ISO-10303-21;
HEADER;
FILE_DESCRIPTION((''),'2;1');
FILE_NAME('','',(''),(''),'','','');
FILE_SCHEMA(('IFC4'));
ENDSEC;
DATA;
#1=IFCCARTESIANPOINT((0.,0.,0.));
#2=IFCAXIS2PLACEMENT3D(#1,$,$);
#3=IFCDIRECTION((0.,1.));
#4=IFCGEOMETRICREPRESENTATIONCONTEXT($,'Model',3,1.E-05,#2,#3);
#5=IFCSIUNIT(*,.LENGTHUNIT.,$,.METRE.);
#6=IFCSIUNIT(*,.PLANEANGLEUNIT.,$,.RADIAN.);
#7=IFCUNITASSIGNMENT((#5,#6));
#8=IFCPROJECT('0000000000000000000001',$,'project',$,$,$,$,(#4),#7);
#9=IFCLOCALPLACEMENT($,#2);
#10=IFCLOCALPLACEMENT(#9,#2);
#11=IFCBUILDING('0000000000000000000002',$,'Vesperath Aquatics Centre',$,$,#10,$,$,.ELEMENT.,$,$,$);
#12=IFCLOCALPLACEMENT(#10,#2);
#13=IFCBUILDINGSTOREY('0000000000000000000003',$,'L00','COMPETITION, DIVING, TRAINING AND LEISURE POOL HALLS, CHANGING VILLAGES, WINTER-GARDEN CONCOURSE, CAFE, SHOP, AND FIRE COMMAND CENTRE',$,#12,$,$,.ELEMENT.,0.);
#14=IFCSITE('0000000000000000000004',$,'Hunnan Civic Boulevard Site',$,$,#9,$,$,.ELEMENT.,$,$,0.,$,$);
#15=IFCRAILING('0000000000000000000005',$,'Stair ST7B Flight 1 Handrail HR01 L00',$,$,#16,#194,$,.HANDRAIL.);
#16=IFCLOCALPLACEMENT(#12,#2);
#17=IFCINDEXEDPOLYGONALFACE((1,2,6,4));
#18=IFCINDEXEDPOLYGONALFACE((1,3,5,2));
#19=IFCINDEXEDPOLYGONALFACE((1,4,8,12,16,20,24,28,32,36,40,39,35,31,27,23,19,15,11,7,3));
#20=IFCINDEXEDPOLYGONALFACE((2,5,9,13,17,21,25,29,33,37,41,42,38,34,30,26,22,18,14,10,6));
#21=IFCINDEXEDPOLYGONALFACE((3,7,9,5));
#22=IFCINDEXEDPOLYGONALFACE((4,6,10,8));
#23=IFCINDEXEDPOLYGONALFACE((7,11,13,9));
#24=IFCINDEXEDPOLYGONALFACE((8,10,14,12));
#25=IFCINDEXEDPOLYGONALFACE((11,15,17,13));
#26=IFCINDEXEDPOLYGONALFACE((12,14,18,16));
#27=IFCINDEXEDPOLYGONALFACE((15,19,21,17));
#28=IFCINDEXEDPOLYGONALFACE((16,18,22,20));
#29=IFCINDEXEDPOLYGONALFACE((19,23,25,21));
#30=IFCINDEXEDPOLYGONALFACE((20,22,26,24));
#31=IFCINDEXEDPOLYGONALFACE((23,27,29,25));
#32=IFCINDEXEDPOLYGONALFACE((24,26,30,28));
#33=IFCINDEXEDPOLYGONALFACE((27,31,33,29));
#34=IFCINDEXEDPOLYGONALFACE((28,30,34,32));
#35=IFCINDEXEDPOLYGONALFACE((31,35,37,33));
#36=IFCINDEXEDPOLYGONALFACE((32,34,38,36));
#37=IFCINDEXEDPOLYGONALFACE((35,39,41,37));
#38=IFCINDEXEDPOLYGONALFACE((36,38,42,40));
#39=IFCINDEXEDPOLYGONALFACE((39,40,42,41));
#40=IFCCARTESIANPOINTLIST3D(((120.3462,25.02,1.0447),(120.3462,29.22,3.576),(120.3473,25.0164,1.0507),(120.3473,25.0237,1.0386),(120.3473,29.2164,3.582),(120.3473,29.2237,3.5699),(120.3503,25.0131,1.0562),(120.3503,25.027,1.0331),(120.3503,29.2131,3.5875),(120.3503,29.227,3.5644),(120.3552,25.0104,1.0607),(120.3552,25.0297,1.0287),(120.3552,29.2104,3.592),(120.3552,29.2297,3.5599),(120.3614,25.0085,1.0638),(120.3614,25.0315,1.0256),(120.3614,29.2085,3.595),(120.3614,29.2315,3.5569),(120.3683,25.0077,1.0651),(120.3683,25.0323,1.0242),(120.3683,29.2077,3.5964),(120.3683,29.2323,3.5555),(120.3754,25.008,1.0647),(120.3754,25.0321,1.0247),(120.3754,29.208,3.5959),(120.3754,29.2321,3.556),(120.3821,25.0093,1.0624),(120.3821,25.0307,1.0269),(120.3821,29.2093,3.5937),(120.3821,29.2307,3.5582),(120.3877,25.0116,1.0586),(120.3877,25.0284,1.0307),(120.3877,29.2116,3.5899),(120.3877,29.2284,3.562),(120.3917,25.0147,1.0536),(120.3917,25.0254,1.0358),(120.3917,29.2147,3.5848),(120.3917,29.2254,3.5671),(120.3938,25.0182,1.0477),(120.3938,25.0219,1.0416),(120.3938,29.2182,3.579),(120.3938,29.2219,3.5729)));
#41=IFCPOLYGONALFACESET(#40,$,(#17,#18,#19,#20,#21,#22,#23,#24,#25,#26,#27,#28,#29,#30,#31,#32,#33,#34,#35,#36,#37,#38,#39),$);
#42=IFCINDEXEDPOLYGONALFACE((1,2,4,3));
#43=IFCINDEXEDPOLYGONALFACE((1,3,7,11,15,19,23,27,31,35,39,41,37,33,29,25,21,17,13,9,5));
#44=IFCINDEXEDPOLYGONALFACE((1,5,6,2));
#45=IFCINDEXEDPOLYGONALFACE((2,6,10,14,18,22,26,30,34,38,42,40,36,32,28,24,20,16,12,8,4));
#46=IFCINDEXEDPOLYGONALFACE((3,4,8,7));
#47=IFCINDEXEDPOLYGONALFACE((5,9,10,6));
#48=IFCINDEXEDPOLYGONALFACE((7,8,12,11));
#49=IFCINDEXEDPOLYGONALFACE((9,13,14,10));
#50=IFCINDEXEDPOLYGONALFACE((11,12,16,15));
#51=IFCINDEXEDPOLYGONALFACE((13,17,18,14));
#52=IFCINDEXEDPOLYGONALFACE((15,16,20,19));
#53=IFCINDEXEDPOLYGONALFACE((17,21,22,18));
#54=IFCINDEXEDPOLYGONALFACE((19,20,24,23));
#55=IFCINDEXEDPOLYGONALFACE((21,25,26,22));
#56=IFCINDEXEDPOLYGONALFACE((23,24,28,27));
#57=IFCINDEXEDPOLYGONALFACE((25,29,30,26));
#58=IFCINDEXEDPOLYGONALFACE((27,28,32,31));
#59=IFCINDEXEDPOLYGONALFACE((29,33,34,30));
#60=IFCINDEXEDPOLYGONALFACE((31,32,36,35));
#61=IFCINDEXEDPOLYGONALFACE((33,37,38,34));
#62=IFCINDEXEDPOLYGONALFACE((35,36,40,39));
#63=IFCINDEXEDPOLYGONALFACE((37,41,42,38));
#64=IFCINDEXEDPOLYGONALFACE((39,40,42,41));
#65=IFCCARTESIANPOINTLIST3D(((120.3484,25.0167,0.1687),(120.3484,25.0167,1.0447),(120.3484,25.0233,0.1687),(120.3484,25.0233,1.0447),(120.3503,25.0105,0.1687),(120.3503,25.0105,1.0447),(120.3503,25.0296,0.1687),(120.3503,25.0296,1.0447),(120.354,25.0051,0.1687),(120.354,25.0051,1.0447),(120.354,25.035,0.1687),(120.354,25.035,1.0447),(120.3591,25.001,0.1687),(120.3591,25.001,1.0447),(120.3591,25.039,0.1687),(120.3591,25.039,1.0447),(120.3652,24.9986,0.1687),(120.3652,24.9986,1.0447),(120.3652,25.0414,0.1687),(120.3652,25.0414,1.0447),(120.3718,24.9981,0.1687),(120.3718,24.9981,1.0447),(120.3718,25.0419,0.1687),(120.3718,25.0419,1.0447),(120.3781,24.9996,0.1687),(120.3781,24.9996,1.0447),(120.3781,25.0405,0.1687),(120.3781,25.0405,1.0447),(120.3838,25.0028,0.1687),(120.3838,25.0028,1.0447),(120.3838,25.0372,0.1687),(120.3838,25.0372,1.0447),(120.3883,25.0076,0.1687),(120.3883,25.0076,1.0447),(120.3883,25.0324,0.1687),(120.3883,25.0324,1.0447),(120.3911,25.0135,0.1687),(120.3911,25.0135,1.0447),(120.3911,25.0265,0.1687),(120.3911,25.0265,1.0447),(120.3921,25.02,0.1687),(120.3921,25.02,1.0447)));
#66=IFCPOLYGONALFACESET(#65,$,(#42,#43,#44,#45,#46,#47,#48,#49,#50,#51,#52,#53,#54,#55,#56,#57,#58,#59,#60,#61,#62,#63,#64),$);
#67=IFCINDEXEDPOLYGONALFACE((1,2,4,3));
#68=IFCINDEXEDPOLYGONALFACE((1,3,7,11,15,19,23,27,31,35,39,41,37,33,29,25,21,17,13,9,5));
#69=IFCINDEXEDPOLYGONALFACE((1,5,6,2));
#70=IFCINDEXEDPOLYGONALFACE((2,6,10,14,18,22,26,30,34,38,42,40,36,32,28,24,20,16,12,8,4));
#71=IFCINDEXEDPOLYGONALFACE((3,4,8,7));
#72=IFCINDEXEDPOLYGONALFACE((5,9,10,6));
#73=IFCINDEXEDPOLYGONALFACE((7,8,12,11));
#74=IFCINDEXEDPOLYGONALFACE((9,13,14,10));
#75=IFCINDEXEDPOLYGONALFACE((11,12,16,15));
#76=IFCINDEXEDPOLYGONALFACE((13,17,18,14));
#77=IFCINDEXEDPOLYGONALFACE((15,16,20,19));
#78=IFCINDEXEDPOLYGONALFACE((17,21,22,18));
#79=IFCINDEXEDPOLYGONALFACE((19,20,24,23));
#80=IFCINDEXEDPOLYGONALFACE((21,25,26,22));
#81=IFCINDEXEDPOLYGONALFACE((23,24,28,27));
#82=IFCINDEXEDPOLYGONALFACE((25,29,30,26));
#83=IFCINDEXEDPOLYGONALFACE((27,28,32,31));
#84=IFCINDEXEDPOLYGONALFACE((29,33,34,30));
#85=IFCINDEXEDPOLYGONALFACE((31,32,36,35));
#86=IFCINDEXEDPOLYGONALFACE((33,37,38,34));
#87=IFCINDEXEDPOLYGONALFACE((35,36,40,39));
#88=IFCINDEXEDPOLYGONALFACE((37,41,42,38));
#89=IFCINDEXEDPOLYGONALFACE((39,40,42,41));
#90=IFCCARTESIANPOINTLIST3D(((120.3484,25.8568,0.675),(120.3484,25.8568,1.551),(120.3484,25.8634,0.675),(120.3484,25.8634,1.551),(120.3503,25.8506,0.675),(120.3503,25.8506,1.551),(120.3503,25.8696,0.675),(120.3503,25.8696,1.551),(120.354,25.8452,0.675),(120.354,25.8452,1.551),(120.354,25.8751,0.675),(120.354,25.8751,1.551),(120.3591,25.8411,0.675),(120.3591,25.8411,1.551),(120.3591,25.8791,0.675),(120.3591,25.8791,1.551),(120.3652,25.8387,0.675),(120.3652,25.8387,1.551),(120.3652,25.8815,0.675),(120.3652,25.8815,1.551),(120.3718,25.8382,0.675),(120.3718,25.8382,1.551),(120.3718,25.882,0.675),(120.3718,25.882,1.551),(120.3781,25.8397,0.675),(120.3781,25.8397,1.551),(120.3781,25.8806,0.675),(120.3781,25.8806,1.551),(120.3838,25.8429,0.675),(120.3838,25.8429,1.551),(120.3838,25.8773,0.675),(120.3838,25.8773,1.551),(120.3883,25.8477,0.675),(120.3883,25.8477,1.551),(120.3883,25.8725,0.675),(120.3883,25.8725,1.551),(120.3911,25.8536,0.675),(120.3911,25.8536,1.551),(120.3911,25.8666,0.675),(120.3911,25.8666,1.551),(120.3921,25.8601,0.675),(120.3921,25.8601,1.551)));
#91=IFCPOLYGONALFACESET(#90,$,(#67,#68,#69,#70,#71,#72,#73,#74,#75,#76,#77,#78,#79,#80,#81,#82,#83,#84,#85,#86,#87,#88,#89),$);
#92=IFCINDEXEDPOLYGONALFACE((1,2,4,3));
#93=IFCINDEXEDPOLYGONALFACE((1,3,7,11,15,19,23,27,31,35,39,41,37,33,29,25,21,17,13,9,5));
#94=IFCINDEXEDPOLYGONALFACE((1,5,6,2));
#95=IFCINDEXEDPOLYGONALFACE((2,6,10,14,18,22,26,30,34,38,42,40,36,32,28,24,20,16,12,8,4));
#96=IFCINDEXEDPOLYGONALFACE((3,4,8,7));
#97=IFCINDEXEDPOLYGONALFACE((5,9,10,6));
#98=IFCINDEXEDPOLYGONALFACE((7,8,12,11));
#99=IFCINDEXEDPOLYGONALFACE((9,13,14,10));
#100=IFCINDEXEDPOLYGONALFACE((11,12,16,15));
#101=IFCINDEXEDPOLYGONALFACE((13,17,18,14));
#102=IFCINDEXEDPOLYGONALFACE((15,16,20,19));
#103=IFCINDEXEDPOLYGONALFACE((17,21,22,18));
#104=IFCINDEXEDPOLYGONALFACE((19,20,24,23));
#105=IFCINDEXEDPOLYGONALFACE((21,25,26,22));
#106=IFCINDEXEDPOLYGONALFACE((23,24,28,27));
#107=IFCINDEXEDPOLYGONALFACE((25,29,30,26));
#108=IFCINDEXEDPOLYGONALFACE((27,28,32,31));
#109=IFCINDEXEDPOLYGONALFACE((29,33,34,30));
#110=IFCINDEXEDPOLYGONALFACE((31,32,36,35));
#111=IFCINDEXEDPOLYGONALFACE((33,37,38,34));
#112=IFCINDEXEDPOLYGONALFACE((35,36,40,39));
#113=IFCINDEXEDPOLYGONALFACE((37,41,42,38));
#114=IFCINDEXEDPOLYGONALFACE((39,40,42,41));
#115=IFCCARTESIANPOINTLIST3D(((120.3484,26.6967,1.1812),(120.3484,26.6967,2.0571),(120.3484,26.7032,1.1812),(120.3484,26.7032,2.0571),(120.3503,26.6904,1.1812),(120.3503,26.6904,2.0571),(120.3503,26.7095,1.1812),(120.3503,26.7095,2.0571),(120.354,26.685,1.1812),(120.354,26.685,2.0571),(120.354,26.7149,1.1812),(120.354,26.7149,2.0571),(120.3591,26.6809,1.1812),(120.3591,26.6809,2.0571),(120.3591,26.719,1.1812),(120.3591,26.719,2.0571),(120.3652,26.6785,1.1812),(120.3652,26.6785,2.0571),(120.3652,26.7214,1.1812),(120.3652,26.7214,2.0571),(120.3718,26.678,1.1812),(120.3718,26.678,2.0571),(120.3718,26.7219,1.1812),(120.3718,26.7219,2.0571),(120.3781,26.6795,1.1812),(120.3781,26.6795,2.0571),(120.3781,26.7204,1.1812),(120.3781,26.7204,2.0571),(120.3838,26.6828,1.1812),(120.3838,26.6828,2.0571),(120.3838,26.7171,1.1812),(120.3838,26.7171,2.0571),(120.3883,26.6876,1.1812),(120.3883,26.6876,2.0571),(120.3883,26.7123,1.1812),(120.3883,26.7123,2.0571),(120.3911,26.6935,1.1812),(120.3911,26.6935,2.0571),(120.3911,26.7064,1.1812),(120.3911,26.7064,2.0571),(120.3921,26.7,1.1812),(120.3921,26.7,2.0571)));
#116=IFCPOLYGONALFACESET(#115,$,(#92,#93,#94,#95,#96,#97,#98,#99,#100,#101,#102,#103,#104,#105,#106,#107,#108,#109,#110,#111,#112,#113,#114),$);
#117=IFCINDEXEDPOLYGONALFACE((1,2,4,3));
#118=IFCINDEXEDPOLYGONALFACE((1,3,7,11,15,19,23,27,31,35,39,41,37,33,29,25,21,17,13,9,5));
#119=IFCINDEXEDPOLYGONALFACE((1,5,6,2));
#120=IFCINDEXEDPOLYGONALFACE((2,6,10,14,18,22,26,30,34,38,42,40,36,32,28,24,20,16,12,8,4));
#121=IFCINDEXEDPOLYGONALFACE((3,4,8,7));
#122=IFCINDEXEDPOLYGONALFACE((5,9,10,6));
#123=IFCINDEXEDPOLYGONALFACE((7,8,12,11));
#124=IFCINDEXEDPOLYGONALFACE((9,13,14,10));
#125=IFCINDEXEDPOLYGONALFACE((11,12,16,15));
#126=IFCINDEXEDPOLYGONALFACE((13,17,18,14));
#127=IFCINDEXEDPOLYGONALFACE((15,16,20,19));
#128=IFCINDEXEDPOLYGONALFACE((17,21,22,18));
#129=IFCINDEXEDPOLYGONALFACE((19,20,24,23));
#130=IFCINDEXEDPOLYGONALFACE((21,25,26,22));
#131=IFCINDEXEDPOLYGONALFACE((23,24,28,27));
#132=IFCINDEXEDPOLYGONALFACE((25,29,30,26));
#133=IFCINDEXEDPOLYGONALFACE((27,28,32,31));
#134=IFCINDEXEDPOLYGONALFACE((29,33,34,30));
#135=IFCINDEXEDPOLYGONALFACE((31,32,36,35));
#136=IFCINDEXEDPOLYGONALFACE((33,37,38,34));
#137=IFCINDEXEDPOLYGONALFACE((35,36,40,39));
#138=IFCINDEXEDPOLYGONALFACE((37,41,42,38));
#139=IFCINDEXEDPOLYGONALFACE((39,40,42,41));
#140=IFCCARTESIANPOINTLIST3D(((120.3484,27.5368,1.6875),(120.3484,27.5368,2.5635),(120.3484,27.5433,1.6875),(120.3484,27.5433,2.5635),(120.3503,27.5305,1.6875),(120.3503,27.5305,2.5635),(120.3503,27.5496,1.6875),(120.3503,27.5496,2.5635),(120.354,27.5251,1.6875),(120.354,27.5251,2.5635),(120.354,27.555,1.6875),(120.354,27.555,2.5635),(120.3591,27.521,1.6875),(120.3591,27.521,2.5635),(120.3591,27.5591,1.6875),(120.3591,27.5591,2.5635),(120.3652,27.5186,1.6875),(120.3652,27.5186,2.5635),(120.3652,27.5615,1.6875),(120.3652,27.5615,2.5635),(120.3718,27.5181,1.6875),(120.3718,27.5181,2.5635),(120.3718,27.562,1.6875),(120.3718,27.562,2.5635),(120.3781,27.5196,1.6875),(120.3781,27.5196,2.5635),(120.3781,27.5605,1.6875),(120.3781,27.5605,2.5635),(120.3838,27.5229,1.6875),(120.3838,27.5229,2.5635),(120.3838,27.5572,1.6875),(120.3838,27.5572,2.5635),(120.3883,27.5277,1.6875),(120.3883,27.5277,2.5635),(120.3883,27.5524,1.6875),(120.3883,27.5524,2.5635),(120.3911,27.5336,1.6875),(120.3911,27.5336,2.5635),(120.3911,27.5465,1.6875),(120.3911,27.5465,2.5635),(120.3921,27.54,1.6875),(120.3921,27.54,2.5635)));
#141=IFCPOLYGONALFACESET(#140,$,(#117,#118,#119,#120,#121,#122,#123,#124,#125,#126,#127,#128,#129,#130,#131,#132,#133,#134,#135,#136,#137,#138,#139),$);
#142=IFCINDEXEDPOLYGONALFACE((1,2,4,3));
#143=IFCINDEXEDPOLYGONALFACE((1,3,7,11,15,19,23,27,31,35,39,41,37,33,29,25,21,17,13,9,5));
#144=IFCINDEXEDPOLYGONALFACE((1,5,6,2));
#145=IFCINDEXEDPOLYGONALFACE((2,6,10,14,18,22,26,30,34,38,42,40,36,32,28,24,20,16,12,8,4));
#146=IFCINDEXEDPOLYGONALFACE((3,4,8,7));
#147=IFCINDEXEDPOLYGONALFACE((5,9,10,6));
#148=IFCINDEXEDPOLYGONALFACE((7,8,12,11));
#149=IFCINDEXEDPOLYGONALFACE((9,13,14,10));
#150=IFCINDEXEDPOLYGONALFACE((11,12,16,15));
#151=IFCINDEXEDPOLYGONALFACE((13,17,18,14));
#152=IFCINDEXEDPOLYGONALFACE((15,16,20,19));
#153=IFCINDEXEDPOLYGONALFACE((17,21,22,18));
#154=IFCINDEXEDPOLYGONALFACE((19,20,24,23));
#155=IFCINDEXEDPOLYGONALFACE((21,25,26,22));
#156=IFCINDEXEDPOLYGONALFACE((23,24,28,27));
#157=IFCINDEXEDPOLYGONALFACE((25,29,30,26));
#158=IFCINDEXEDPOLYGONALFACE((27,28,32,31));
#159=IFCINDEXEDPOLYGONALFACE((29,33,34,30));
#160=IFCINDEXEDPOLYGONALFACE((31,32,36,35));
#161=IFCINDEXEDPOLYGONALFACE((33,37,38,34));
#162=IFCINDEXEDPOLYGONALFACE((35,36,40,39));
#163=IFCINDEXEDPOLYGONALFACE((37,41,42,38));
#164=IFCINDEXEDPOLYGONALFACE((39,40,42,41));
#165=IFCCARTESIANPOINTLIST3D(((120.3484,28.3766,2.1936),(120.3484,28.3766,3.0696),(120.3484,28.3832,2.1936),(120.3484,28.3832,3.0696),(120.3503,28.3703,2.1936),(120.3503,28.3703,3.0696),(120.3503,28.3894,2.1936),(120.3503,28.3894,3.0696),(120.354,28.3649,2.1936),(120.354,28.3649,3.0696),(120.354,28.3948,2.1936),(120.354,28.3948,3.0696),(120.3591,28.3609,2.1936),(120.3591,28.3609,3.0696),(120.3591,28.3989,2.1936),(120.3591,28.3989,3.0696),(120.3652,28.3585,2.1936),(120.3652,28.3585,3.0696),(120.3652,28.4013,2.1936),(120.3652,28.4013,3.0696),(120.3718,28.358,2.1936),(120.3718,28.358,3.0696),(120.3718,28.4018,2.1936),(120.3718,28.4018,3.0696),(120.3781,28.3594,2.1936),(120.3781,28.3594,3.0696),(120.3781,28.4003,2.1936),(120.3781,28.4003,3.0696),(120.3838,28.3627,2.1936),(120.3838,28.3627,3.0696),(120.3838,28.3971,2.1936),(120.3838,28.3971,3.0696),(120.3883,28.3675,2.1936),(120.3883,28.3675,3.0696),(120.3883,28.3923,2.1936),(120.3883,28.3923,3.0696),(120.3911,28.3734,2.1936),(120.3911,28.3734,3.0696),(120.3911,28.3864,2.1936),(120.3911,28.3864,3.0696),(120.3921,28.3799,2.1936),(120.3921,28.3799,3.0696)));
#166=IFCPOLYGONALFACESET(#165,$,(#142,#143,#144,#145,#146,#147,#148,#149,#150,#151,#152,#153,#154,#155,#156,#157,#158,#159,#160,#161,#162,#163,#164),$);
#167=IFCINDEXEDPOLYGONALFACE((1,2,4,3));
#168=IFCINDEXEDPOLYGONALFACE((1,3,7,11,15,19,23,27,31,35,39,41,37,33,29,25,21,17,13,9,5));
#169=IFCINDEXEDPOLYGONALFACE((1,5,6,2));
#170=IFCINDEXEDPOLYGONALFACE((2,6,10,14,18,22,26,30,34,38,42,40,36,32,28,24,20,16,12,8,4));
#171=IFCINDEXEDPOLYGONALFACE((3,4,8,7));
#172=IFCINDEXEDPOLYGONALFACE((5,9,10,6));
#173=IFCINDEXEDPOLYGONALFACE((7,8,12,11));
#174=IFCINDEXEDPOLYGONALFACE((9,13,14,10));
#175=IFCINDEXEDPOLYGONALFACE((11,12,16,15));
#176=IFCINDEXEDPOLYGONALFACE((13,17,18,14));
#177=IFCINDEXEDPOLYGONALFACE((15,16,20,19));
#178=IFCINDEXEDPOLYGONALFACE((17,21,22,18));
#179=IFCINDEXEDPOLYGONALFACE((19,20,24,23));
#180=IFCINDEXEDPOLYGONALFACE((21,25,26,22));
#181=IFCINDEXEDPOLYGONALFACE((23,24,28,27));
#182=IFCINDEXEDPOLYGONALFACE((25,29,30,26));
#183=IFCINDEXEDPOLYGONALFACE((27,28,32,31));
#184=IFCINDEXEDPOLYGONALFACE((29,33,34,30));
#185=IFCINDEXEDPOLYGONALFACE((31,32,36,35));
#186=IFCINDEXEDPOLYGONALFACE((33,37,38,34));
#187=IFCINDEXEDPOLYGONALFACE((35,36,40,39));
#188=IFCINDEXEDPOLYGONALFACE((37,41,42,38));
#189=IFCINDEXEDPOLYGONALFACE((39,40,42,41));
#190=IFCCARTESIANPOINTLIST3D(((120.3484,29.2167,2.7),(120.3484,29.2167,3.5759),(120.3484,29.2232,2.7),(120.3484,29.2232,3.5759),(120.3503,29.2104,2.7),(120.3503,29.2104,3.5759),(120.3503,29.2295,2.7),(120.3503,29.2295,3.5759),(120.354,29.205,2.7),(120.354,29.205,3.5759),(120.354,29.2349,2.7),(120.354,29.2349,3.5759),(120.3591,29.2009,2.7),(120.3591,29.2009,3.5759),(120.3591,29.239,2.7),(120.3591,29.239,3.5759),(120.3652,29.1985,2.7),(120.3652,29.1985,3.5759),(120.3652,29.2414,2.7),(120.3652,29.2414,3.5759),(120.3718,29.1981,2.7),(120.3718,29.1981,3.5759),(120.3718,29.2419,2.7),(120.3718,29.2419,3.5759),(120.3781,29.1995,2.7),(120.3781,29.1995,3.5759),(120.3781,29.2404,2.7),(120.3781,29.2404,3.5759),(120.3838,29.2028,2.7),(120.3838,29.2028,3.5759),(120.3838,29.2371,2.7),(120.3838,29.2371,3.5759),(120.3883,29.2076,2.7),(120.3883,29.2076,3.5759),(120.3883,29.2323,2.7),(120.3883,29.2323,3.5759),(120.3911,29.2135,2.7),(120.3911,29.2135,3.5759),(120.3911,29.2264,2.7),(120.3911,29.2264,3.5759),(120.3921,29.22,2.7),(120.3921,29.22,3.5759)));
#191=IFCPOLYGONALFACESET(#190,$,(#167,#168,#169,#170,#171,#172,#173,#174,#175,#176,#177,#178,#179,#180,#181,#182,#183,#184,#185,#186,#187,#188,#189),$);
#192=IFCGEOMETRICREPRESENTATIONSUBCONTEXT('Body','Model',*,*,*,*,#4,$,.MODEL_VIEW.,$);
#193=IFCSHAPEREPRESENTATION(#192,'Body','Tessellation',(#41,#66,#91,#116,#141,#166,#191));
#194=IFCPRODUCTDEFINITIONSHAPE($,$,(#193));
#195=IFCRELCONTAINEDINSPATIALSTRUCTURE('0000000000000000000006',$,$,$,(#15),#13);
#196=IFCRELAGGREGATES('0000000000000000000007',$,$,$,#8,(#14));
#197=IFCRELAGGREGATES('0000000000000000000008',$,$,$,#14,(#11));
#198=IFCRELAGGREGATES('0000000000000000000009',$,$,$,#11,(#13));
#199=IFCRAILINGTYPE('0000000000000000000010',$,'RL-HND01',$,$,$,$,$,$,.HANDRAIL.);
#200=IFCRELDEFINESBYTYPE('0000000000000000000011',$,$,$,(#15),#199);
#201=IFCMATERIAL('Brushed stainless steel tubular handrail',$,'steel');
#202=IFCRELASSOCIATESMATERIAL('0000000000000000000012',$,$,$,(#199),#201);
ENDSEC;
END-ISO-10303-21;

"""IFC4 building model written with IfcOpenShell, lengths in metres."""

from ifc_helpers import new_model, si_unit, direction, frame, origin, origin_2d, place, context, subcontext, project, spatial, circle, extrude, material, type_object, element, save


model = new_model("IFC4")

# Units and contexts
model_context = context("Model", 3, precision=1e-05, world=origin(), true_north=direction((0.0, 1.0)))
body_context = subcontext(model_context, "Body", "Model", "MODEL_VIEW")
ifc_project = project(units=[si_unit("LENGTHUNIT", "METRE"), si_unit("PLANEANGLEUNIT", "RADIAN")], contexts=[model_context])

# Site, building, storey
site_placement = place(None, origin())
site = spatial("IfcSite", under=ifc_project, at=site_placement, Name="Hunnan Civic Boulevard Site", CompositionType="ELEMENT", RefElevation=0.0)
building_placement = place(site_placement, origin())
building = spatial("IfcBuilding", under=site, at=building_placement, Name="Vesperath Aquatics Centre", CompositionType="ELEMENT")
storey_placement = place(building_placement, origin())
storey = spatial("IfcBuildingStorey", under=building, at=storey_placement, Name="L00", Description="COMPETITION, DIVING, TRAINING AND LEISURE POOL HALLS, CHANGING VILLAGES, WINTER-GARDEN CONCOURSE, CAFE, SHOP, AND FIRE COMMAND CENTRE", CompositionType="ELEMENT", Elevation=0.0)

# Railing
ifc_material_1 = material(Name="Brushed stainless steel tubular handrail", Category="steel")
railing_type_1 = type_object("IfcRailingType", Name="RL-HND01", PredefinedType="HANDRAIL", material=ifc_material_1)
railing_1_placement = place(storey_placement, frame((120.3701, 25.02, 0.1687)))
element("IfcRailing", 1, at=railing_1_placement, inside=storey, type_object=railing_type_1, Name="Stair ST7B Flight 1 Handrail HR01 L00", PredefinedType="HANDRAIL", context=body_context, shape_type="SweptSolid", body=[
    extrude(circle(Radius=0.0239, at=origin_2d()), frame((0.0, 0.0, 0.876), z_axis=(0.0, 0.856476, 0.516186), x_axis=(-1.0, 0.0, 0.0)), (0.0, 0.0, 1.0), 4.9038),
    extrude(circle(Radius=0.022, at=origin_2d()), origin(), (0.0, 0.0, 1.0), 0.876),
    extrude(circle(Radius=0.022, at=origin_2d()), frame((0.0, 0.8401, 0.5063)), (0.0, 0.0, 1.0), 0.876),
    extrude(circle(Radius=0.022, at=origin_2d()), frame((0.0, 1.6799, 1.0125)), (0.0, 0.0, 1.0), 0.876),
    extrude(circle(Radius=0.022, at=origin_2d()), frame((0.0, 2.52, 1.5188)), (0.0, 0.0, 1.0), 0.876),
    extrude(circle(Radius=0.022, at=origin_2d()), frame((0.0, 3.3599, 2.0249)), (0.0, 0.0, 1.0), 0.876),
    extrude(circle(Radius=0.022, at=origin_2d()), frame((0.0, 4.2, 2.5312)), (0.0, 0.0, 1.0), 0.876),
])

save(model, "model.ifc")
